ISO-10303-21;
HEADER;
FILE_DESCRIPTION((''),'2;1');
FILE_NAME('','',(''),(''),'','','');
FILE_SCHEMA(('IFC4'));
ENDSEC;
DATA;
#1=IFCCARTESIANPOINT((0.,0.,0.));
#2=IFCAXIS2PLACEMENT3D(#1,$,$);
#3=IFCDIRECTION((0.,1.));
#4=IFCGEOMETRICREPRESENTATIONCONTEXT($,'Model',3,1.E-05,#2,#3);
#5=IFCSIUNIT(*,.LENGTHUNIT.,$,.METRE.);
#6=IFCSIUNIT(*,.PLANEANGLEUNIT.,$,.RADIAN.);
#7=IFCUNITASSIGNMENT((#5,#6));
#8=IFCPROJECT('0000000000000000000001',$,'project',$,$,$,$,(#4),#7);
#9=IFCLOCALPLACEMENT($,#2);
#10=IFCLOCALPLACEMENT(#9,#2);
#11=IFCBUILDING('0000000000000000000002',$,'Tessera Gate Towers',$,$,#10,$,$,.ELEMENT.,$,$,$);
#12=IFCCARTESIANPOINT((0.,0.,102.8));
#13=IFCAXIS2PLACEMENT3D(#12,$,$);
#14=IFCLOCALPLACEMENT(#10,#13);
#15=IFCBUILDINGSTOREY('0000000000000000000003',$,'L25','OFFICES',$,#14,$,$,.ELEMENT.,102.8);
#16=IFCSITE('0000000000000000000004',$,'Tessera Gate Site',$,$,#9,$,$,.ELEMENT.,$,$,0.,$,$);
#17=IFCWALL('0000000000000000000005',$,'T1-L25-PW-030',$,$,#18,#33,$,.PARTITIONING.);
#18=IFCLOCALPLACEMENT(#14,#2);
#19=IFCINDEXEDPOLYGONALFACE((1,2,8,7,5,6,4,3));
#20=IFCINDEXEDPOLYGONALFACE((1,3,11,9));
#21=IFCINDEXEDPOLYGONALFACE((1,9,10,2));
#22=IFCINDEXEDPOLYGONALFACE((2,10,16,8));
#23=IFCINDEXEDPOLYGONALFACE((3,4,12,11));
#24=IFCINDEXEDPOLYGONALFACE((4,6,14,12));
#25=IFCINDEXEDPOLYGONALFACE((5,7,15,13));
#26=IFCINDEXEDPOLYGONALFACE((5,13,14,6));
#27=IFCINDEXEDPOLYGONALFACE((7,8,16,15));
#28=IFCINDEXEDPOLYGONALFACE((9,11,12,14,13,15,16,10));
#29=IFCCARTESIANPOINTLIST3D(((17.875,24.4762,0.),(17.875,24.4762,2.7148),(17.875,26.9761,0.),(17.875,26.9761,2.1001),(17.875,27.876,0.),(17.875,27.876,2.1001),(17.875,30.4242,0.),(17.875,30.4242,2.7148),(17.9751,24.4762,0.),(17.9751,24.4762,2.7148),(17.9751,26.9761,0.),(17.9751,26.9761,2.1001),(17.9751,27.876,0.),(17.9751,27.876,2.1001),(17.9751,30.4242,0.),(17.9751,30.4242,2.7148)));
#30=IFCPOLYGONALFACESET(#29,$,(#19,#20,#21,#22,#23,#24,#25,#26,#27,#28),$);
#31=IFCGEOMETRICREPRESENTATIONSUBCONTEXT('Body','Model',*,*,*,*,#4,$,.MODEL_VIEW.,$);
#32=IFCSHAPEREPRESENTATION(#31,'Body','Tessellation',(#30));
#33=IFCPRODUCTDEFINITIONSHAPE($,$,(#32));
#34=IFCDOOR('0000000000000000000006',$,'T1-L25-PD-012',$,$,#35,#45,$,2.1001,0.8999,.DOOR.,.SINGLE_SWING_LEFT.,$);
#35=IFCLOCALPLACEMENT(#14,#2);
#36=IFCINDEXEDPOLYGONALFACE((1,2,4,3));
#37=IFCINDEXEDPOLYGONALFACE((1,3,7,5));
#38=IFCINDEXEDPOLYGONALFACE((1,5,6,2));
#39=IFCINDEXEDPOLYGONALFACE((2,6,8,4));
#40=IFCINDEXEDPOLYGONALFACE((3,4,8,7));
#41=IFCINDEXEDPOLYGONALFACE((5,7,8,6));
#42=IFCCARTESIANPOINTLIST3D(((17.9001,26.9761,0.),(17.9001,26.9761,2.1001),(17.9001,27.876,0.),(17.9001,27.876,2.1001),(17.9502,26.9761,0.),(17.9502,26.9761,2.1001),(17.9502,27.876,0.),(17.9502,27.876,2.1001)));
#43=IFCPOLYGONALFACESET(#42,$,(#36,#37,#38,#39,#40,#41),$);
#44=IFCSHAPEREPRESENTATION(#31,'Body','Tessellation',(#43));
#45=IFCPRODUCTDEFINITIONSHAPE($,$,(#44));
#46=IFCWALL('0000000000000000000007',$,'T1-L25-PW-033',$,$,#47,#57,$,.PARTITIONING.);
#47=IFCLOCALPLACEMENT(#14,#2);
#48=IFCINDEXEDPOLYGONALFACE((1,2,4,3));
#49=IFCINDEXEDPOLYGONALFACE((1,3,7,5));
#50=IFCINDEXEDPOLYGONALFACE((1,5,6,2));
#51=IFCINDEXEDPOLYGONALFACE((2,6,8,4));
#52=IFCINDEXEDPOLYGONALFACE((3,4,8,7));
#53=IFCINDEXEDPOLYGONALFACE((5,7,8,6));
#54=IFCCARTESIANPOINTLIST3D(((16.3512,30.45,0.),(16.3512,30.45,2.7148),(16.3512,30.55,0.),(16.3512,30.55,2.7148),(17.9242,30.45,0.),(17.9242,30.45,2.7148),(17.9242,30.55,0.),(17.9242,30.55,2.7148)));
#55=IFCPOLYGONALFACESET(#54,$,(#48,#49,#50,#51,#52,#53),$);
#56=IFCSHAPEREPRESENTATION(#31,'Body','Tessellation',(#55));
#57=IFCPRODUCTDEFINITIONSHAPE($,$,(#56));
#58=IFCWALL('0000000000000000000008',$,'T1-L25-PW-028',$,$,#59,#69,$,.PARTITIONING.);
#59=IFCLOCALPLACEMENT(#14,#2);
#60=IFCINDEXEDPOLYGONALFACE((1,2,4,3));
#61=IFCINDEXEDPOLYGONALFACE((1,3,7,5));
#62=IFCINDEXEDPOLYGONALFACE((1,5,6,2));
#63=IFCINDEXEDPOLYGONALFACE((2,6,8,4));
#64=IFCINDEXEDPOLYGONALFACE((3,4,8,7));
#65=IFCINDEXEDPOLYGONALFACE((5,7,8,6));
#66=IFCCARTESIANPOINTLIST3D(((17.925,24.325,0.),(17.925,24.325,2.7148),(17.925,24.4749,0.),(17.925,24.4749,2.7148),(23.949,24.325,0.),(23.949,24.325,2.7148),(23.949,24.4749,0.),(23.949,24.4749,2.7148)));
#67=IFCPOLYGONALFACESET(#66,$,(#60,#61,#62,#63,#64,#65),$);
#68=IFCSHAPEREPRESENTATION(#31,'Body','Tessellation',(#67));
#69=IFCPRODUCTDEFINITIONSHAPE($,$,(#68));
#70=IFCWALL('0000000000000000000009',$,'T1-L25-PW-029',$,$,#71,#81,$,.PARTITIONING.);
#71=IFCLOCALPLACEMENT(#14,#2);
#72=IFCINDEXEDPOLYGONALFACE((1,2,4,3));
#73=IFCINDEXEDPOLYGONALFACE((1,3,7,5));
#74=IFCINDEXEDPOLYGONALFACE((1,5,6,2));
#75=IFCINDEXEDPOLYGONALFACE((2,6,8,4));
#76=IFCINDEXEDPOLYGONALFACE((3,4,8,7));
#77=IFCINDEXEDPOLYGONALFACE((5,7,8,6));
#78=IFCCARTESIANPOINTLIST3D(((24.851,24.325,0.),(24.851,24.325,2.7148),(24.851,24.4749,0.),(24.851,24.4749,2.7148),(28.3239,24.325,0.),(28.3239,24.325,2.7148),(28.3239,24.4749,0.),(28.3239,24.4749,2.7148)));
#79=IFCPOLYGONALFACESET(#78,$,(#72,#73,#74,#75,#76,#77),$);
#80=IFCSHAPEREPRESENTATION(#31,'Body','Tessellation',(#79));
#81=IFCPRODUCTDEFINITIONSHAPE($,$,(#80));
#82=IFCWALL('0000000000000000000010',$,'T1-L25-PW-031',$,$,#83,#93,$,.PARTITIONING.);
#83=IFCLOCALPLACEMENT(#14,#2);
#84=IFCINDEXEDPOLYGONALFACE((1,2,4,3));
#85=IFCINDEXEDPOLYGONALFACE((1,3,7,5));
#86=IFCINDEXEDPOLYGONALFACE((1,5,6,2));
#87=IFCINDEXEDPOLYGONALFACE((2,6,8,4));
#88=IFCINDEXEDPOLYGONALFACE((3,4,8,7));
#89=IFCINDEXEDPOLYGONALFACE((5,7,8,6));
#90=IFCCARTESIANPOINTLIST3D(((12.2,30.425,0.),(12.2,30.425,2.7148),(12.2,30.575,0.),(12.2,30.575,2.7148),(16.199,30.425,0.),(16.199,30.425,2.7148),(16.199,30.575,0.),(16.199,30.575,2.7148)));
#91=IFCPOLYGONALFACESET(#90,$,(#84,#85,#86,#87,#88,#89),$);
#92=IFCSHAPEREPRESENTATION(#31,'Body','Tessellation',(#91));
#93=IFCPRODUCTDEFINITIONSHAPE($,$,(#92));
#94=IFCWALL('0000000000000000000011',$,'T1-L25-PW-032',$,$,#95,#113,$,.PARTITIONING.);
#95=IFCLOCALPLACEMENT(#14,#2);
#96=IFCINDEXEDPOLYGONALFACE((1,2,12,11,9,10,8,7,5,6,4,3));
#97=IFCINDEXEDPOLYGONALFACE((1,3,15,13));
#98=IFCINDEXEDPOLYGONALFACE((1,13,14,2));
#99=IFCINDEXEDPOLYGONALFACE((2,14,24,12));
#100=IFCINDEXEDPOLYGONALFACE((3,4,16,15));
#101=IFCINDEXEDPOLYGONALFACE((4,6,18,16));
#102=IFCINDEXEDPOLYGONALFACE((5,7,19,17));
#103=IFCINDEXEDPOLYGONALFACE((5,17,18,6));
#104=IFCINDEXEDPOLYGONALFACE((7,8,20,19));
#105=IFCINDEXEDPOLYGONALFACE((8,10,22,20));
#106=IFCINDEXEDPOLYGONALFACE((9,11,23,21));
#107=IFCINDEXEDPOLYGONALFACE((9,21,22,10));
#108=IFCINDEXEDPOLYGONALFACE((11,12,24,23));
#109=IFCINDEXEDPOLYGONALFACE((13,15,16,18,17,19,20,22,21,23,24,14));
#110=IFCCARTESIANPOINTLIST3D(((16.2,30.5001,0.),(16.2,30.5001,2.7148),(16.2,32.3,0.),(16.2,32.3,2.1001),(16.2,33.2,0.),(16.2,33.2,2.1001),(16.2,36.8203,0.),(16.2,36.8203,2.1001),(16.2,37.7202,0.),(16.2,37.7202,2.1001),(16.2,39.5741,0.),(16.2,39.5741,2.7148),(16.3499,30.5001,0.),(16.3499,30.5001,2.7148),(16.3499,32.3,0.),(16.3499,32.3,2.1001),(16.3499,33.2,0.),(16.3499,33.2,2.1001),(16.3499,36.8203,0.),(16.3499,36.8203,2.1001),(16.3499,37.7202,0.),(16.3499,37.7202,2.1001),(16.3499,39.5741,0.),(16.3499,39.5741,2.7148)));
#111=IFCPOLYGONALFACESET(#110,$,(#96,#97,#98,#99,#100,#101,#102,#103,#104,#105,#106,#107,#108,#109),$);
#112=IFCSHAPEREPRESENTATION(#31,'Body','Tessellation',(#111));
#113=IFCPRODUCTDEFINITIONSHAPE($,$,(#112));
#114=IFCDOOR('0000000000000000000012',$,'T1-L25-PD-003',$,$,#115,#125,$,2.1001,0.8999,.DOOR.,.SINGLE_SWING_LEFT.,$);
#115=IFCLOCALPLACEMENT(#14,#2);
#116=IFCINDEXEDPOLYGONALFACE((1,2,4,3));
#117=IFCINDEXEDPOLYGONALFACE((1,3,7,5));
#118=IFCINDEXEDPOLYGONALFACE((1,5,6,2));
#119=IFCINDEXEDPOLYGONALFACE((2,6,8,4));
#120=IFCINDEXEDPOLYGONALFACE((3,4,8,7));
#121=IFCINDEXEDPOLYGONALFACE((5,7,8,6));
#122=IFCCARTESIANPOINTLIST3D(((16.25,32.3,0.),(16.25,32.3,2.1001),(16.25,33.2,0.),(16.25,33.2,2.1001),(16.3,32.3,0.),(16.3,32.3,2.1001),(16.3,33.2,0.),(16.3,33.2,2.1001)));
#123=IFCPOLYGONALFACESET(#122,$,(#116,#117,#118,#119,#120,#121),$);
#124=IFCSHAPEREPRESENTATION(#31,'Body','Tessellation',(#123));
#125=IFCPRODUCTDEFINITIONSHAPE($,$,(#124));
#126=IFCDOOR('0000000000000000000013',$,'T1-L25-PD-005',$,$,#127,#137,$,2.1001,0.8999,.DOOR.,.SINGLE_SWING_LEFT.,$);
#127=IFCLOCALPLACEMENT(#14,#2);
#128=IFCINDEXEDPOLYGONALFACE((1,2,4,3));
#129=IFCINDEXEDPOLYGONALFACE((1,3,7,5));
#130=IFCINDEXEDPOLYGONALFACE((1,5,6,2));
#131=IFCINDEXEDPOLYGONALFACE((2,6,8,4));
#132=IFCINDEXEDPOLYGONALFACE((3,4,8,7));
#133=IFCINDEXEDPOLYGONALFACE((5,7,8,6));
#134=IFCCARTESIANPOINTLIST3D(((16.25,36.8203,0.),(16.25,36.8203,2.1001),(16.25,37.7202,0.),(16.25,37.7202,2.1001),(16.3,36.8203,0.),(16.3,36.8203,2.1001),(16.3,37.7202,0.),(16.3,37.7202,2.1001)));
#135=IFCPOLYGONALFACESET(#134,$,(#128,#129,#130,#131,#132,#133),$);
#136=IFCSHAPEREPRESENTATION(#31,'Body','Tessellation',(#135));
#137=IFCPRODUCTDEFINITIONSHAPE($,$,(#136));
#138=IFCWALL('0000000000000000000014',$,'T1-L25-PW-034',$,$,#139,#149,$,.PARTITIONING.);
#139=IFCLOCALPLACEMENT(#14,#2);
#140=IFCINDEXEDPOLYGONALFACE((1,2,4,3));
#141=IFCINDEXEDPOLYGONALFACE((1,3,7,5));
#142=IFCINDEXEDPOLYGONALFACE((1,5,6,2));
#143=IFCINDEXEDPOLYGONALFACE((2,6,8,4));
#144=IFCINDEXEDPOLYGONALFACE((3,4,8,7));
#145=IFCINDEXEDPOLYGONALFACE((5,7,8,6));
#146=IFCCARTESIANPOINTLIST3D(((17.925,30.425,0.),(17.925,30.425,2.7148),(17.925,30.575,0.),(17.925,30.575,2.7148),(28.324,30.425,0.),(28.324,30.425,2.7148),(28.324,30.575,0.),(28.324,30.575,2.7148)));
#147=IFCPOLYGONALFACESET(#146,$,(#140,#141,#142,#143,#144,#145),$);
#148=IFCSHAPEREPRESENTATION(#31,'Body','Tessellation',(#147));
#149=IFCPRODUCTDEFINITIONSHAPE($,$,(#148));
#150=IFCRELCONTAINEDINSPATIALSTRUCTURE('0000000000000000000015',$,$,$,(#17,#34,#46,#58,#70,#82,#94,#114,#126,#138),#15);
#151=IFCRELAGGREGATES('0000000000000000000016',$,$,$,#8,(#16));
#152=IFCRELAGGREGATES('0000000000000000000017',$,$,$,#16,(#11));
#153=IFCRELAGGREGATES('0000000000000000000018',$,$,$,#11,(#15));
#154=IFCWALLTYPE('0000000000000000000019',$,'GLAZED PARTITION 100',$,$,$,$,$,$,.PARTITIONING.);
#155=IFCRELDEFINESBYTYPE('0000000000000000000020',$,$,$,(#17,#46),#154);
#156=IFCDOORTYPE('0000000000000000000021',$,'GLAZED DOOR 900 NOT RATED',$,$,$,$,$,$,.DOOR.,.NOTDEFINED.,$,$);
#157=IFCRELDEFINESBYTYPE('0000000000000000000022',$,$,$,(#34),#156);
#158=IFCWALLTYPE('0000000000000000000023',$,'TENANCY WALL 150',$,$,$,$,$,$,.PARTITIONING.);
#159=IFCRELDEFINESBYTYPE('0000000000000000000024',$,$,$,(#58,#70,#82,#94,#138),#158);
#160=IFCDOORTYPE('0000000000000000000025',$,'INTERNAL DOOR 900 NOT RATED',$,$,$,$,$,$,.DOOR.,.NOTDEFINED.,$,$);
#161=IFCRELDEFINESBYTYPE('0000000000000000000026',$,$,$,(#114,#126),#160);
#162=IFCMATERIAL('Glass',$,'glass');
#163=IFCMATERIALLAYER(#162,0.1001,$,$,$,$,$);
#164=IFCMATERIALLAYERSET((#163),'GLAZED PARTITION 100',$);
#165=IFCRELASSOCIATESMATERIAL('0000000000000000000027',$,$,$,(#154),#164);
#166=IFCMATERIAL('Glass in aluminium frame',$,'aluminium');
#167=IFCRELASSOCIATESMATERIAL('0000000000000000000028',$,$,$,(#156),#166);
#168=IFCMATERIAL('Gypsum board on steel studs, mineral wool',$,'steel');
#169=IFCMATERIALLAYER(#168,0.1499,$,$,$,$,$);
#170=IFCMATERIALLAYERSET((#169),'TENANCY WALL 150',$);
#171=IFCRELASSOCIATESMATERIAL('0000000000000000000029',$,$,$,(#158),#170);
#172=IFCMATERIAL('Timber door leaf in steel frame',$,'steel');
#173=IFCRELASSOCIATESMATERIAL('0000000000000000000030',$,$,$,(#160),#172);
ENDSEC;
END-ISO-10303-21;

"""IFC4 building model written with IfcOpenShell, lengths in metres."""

from ifc_helpers import new_model, si_unit, direction, frame, frame_2d, origin, place, context, subcontext, project, spatial, rectangle, extrude, source, transform, mapped, material, layer, layer_set, type_object, element, fill, save


model = new_model("IFC4")

# Units and contexts
model_context = context("Model", 3, precision=1e-05, world=origin(), true_north=direction((0.0, 1.0)))
body_context = subcontext(model_context, "Body", "Model", "MODEL_VIEW")
ifc_project = project(units=[si_unit("LENGTHUNIT", "METRE"), si_unit("PLANEANGLEUNIT", "RADIAN")], contexts=[model_context])

# Site, building, storey
site_placement = place(None, origin())
site = spatial("IfcSite", under=ifc_project, at=site_placement, Name="Tessera Gate Site", CompositionType="ELEMENT", RefElevation=0.0)
building_placement = place(site_placement, origin())
building = spatial("IfcBuilding", under=site, at=building_placement, Name="Tessera Gate Towers", CompositionType="ELEMENT")
storey_placement = place(building_placement, frame((0.0, 0.0, 102.8)))
storey = spatial("IfcBuildingStorey", under=building, at=storey_placement, Name="L25", Description="OFFICES", CompositionType="ELEMENT", Elevation=102.8)

# Shared definitions
ifc_material_1 = material(Name="Glass", Category="glass")
ifc_layer_1 = layer(ifc_material_1, 0.1001)
ifc_layer_set_1 = layer_set([ifc_layer_1], Name="GLAZED PARTITION 100")
wall_type_1 = type_object("IfcWallType", Name="GLAZED PARTITION 100", PredefinedType="PARTITIONING", material=ifc_layer_set_1)

# Shared definitions
shared_shape_1 = source(origin(), body_context, "Body", "SweptSolid", [
    extrude(rectangle(XDim=0.8999, YDim=2.1001, at=frame_2d((0.45, 1.05))), frame((0.0, 0.0601, 0.0), z_axis=(0.0, -1.0, 0.0), x_axis=(1.0, 0.0, 0.0)), (0.0, 0.0, 1.0), 0.1201),
])
ifc_material_2 = material(Name="Glass in aluminium frame", Category="aluminium")
door_type_1 = type_object("IfcDoorType", Name="GLAZED DOOR 900 NOT RATED", OperationType="NOTDEFINED", PredefinedType="DOOR", material=ifc_material_2)
shared_shape_2 = source(origin(), body_context, "Body", "SweptSolid", [
    extrude(rectangle(XDim=0.8999, YDim=2.1001, at=frame_2d((0.45, 1.05))), frame((0.0, 0.0249, 0.0), z_axis=(0.0, -1.0, 0.0), x_axis=(1.0, 0.0, 0.0)), (0.0, 0.0, 1.0), 0.05),
])

# Wall, opening, door
wall_1_placement = place(storey_placement, frame((17.925, 24.4761, 0.0), z_axis=(0.0, 0.0, 1.0), x_axis=(0.0, 1.0, 0.0)))
wall_1 = element("IfcWall", 1, at=wall_1_placement, inside=storey, type_object=wall_type_1, Name="T1-L25-PW-030", PredefinedType="PARTITIONING", context=body_context, shape_type="SweptSolid", body=[
    extrude(rectangle(XDim=5.948, YDim=0.1001, at=frame_2d((2.9741, 0.0))), origin(), (0.0, 0.0, 1.0), 2.7148),
])
opening_1_placement = place(wall_1_placement, frame((2.5, 0.0, 0.0)))
opening_1 = element("IfcOpeningElement", 2, at=opening_1_placement, cuts=wall_1, PredefinedType="OPENING", context=body_context, shape_type="MappedRepresentation", body=[
    mapped(shared_shape_1, transform((0.0, 0.0, 0.0), scale=1.0)),
])
door_1_placement = place(opening_1_placement, origin())
door_1 = element("IfcDoor", 3, at=door_1_placement, inside=storey, type_object=door_type_1, Name="T1-L25-PD-012", OperationType="SINGLE_SWING_LEFT", OverallHeight=2.1001, OverallWidth=0.8999, PredefinedType="DOOR", context=body_context, shape_type="MappedRepresentation", body=[
    mapped(shared_shape_2, transform((0.0, 0.0, 0.0), scale=1.0)),
])
fill(opening_1, door_1)

# Walls
wall_2_placement = place(storey_placement, frame((16.3511, 30.5, 0.0), z_axis=(0.0, 0.0, 1.0), x_axis=(1.0, 0.0, 0.0)))
element("IfcWall", 4, at=wall_2_placement, inside=storey, type_object=wall_type_1, Name="T1-L25-PW-033", PredefinedType="PARTITIONING", context=body_context, shape_type="SweptSolid", body=[
    extrude(rectangle(XDim=1.573, YDim=0.1001, at=frame_2d((0.7866, 0.0))), origin(), (0.0, 0.0, 1.0), 2.7148),
])
ifc_material_3 = material(Name="Gypsum board on steel studs, mineral wool", Category="steel")
ifc_layer_2 = layer(ifc_material_3, 0.1499)
ifc_layer_set_2 = layer_set([ifc_layer_2], Name="TENANCY WALL 150")
wall_type_2 = type_object("IfcWallType", Name="TENANCY WALL 150", PredefinedType="PARTITIONING", material=ifc_layer_set_2)
wall_3_placement = place(storey_placement, frame((17.925, 24.3999, 0.0), z_axis=(0.0, 0.0, 1.0), x_axis=(1.0, 0.0, 0.0)))
element("IfcWall", 5, at=wall_3_placement, inside=storey, type_object=wall_type_2, Name="T1-L25-PW-028", PredefinedType="PARTITIONING", context=body_context, shape_type="SweptSolid", body=[
    extrude(rectangle(XDim=6.0239, YDim=0.1499, at=frame_2d((3.012, 0.0))), origin(), (0.0, 0.0, 1.0), 2.7148),
])
wall_4_placement = place(storey_placement, frame((24.8511, 24.3999, 0.0), z_axis=(0.0, 0.0, 1.0), x_axis=(1.0, 0.0, 0.0)))
element("IfcWall", 6, at=wall_4_placement, inside=storey, type_object=wall_type_2, Name="T1-L25-PW-029", PredefinedType="PARTITIONING", context=body_context, shape_type="SweptSolid", body=[
    extrude(rectangle(XDim=3.4729, YDim=0.1499, at=frame_2d((1.7363, 0.0))), origin(), (0.0, 0.0, 1.0), 2.7148),
])
wall_5_placement = place(storey_placement, frame((12.2, 30.5, 0.0), z_axis=(0.0, 0.0, 1.0), x_axis=(1.0, 0.0, 0.0)))
element("IfcWall", 7, at=wall_5_placement, inside=storey, type_object=wall_type_2, Name="T1-L25-PW-031", PredefinedType="PARTITIONING", context=body_context, shape_type="SweptSolid", body=[
    extrude(rectangle(XDim=3.999, YDim=0.1499, at=frame_2d((1.9995, 0.0))), origin(), (0.0, 0.0, 1.0), 2.7148),
])

# Wall, openings, doors
wall_6_placement = place(storey_placement, frame((16.2749, 30.5, 0.0), z_axis=(0.0, 0.0, 1.0), x_axis=(0.0, 1.0, 0.0)))
wall_6 = element("IfcWall", 8, at=wall_6_placement, inside=storey, type_object=wall_type_2, Name="T1-L25-PW-032", PredefinedType="PARTITIONING", context=body_context, shape_type="SweptSolid", body=[
    extrude(rectangle(XDim=9.074, YDim=0.1499, at=frame_2d((4.5371, 0.0))), origin(), (0.0, 0.0, 1.0), 2.7148),
])
shared_shape_3 = source(origin(), body_context, "Body", "SweptSolid", [
    extrude(rectangle(XDim=0.8999, YDim=2.1001, at=frame_2d((0.45, 1.05))), frame((0.0, 0.085, 0.0), z_axis=(0.0, -1.0, 0.0), x_axis=(1.0, 0.0, 0.0)), (0.0, 0.0, 1.0), 0.1699),
])
opening_2_placement = place(wall_6_placement, frame((1.8, 0.0, 0.0)))
opening_2 = element("IfcOpeningElement", 9, at=opening_2_placement, cuts=wall_6, PredefinedType="OPENING", context=body_context, shape_type="MappedRepresentation", body=[
    mapped(shared_shape_3, transform((0.0, 0.0, 0.0), scale=1.0)),
])
opening_3_placement = place(wall_6_placement, frame((6.3203, 0.0, 0.0)))
opening_3 = element("IfcOpeningElement", 10, at=opening_3_placement, cuts=wall_6, PredefinedType="OPENING", context=body_context, shape_type="MappedRepresentation", body=[
    mapped(shared_shape_3, transform((0.0, 0.0, 0.0), scale=1.0)),
])
ifc_material_4 = material(Name="Timber door leaf in steel frame", Category="steel")
door_type_2 = type_object("IfcDoorType", Name="INTERNAL DOOR 900 NOT RATED", OperationType="NOTDEFINED", PredefinedType="DOOR", material=ifc_material_4)
door_2_placement = place(opening_2_placement, origin())
door_2 = element("IfcDoor", 11, at=door_2_placement, inside=storey, type_object=door_type_2, Name="T1-L25-PD-003", OperationType="SINGLE_SWING_LEFT", OverallHeight=2.1001, OverallWidth=0.8999, PredefinedType="DOOR", context=body_context, shape_type="MappedRepresentation", body=[
    mapped(shared_shape_2, transform((0.0, 0.0, 0.0), scale=1.0)),
])
fill(opening_2, door_2)
door_3_placement = place(opening_3_placement, origin())
door_3 = element("IfcDoor", 12, at=door_3_placement, inside=storey, type_object=door_type_2, Name="T1-L25-PD-005", OperationType="SINGLE_SWING_LEFT", OverallHeight=2.1001, OverallWidth=0.8999, PredefinedType="DOOR", context=body_context, shape_type="MappedRepresentation", body=[
    mapped(shared_shape_2, transform((0.0, 0.0, 0.0), scale=1.0)),
])
fill(opening_3, door_3)

# Wall
wall_7_placement = place(storey_placement, frame((17.925, 30.5, 0.0), z_axis=(0.0, 0.0, 1.0), x_axis=(1.0, 0.0, 0.0)))
element("IfcWall", 13, at=wall_7_placement, inside=storey, type_object=wall_type_2, Name="T1-L25-PW-034", PredefinedType="PARTITIONING", context=body_context, shape_type="SweptSolid", body=[
    extrude(rectangle(XDim=10.3989, YDim=0.1499, at=frame_2d((5.1995, 0.0))), origin(), (0.0, 0.0, 1.0), 2.7148),
])

save(model, "model.ifc")
